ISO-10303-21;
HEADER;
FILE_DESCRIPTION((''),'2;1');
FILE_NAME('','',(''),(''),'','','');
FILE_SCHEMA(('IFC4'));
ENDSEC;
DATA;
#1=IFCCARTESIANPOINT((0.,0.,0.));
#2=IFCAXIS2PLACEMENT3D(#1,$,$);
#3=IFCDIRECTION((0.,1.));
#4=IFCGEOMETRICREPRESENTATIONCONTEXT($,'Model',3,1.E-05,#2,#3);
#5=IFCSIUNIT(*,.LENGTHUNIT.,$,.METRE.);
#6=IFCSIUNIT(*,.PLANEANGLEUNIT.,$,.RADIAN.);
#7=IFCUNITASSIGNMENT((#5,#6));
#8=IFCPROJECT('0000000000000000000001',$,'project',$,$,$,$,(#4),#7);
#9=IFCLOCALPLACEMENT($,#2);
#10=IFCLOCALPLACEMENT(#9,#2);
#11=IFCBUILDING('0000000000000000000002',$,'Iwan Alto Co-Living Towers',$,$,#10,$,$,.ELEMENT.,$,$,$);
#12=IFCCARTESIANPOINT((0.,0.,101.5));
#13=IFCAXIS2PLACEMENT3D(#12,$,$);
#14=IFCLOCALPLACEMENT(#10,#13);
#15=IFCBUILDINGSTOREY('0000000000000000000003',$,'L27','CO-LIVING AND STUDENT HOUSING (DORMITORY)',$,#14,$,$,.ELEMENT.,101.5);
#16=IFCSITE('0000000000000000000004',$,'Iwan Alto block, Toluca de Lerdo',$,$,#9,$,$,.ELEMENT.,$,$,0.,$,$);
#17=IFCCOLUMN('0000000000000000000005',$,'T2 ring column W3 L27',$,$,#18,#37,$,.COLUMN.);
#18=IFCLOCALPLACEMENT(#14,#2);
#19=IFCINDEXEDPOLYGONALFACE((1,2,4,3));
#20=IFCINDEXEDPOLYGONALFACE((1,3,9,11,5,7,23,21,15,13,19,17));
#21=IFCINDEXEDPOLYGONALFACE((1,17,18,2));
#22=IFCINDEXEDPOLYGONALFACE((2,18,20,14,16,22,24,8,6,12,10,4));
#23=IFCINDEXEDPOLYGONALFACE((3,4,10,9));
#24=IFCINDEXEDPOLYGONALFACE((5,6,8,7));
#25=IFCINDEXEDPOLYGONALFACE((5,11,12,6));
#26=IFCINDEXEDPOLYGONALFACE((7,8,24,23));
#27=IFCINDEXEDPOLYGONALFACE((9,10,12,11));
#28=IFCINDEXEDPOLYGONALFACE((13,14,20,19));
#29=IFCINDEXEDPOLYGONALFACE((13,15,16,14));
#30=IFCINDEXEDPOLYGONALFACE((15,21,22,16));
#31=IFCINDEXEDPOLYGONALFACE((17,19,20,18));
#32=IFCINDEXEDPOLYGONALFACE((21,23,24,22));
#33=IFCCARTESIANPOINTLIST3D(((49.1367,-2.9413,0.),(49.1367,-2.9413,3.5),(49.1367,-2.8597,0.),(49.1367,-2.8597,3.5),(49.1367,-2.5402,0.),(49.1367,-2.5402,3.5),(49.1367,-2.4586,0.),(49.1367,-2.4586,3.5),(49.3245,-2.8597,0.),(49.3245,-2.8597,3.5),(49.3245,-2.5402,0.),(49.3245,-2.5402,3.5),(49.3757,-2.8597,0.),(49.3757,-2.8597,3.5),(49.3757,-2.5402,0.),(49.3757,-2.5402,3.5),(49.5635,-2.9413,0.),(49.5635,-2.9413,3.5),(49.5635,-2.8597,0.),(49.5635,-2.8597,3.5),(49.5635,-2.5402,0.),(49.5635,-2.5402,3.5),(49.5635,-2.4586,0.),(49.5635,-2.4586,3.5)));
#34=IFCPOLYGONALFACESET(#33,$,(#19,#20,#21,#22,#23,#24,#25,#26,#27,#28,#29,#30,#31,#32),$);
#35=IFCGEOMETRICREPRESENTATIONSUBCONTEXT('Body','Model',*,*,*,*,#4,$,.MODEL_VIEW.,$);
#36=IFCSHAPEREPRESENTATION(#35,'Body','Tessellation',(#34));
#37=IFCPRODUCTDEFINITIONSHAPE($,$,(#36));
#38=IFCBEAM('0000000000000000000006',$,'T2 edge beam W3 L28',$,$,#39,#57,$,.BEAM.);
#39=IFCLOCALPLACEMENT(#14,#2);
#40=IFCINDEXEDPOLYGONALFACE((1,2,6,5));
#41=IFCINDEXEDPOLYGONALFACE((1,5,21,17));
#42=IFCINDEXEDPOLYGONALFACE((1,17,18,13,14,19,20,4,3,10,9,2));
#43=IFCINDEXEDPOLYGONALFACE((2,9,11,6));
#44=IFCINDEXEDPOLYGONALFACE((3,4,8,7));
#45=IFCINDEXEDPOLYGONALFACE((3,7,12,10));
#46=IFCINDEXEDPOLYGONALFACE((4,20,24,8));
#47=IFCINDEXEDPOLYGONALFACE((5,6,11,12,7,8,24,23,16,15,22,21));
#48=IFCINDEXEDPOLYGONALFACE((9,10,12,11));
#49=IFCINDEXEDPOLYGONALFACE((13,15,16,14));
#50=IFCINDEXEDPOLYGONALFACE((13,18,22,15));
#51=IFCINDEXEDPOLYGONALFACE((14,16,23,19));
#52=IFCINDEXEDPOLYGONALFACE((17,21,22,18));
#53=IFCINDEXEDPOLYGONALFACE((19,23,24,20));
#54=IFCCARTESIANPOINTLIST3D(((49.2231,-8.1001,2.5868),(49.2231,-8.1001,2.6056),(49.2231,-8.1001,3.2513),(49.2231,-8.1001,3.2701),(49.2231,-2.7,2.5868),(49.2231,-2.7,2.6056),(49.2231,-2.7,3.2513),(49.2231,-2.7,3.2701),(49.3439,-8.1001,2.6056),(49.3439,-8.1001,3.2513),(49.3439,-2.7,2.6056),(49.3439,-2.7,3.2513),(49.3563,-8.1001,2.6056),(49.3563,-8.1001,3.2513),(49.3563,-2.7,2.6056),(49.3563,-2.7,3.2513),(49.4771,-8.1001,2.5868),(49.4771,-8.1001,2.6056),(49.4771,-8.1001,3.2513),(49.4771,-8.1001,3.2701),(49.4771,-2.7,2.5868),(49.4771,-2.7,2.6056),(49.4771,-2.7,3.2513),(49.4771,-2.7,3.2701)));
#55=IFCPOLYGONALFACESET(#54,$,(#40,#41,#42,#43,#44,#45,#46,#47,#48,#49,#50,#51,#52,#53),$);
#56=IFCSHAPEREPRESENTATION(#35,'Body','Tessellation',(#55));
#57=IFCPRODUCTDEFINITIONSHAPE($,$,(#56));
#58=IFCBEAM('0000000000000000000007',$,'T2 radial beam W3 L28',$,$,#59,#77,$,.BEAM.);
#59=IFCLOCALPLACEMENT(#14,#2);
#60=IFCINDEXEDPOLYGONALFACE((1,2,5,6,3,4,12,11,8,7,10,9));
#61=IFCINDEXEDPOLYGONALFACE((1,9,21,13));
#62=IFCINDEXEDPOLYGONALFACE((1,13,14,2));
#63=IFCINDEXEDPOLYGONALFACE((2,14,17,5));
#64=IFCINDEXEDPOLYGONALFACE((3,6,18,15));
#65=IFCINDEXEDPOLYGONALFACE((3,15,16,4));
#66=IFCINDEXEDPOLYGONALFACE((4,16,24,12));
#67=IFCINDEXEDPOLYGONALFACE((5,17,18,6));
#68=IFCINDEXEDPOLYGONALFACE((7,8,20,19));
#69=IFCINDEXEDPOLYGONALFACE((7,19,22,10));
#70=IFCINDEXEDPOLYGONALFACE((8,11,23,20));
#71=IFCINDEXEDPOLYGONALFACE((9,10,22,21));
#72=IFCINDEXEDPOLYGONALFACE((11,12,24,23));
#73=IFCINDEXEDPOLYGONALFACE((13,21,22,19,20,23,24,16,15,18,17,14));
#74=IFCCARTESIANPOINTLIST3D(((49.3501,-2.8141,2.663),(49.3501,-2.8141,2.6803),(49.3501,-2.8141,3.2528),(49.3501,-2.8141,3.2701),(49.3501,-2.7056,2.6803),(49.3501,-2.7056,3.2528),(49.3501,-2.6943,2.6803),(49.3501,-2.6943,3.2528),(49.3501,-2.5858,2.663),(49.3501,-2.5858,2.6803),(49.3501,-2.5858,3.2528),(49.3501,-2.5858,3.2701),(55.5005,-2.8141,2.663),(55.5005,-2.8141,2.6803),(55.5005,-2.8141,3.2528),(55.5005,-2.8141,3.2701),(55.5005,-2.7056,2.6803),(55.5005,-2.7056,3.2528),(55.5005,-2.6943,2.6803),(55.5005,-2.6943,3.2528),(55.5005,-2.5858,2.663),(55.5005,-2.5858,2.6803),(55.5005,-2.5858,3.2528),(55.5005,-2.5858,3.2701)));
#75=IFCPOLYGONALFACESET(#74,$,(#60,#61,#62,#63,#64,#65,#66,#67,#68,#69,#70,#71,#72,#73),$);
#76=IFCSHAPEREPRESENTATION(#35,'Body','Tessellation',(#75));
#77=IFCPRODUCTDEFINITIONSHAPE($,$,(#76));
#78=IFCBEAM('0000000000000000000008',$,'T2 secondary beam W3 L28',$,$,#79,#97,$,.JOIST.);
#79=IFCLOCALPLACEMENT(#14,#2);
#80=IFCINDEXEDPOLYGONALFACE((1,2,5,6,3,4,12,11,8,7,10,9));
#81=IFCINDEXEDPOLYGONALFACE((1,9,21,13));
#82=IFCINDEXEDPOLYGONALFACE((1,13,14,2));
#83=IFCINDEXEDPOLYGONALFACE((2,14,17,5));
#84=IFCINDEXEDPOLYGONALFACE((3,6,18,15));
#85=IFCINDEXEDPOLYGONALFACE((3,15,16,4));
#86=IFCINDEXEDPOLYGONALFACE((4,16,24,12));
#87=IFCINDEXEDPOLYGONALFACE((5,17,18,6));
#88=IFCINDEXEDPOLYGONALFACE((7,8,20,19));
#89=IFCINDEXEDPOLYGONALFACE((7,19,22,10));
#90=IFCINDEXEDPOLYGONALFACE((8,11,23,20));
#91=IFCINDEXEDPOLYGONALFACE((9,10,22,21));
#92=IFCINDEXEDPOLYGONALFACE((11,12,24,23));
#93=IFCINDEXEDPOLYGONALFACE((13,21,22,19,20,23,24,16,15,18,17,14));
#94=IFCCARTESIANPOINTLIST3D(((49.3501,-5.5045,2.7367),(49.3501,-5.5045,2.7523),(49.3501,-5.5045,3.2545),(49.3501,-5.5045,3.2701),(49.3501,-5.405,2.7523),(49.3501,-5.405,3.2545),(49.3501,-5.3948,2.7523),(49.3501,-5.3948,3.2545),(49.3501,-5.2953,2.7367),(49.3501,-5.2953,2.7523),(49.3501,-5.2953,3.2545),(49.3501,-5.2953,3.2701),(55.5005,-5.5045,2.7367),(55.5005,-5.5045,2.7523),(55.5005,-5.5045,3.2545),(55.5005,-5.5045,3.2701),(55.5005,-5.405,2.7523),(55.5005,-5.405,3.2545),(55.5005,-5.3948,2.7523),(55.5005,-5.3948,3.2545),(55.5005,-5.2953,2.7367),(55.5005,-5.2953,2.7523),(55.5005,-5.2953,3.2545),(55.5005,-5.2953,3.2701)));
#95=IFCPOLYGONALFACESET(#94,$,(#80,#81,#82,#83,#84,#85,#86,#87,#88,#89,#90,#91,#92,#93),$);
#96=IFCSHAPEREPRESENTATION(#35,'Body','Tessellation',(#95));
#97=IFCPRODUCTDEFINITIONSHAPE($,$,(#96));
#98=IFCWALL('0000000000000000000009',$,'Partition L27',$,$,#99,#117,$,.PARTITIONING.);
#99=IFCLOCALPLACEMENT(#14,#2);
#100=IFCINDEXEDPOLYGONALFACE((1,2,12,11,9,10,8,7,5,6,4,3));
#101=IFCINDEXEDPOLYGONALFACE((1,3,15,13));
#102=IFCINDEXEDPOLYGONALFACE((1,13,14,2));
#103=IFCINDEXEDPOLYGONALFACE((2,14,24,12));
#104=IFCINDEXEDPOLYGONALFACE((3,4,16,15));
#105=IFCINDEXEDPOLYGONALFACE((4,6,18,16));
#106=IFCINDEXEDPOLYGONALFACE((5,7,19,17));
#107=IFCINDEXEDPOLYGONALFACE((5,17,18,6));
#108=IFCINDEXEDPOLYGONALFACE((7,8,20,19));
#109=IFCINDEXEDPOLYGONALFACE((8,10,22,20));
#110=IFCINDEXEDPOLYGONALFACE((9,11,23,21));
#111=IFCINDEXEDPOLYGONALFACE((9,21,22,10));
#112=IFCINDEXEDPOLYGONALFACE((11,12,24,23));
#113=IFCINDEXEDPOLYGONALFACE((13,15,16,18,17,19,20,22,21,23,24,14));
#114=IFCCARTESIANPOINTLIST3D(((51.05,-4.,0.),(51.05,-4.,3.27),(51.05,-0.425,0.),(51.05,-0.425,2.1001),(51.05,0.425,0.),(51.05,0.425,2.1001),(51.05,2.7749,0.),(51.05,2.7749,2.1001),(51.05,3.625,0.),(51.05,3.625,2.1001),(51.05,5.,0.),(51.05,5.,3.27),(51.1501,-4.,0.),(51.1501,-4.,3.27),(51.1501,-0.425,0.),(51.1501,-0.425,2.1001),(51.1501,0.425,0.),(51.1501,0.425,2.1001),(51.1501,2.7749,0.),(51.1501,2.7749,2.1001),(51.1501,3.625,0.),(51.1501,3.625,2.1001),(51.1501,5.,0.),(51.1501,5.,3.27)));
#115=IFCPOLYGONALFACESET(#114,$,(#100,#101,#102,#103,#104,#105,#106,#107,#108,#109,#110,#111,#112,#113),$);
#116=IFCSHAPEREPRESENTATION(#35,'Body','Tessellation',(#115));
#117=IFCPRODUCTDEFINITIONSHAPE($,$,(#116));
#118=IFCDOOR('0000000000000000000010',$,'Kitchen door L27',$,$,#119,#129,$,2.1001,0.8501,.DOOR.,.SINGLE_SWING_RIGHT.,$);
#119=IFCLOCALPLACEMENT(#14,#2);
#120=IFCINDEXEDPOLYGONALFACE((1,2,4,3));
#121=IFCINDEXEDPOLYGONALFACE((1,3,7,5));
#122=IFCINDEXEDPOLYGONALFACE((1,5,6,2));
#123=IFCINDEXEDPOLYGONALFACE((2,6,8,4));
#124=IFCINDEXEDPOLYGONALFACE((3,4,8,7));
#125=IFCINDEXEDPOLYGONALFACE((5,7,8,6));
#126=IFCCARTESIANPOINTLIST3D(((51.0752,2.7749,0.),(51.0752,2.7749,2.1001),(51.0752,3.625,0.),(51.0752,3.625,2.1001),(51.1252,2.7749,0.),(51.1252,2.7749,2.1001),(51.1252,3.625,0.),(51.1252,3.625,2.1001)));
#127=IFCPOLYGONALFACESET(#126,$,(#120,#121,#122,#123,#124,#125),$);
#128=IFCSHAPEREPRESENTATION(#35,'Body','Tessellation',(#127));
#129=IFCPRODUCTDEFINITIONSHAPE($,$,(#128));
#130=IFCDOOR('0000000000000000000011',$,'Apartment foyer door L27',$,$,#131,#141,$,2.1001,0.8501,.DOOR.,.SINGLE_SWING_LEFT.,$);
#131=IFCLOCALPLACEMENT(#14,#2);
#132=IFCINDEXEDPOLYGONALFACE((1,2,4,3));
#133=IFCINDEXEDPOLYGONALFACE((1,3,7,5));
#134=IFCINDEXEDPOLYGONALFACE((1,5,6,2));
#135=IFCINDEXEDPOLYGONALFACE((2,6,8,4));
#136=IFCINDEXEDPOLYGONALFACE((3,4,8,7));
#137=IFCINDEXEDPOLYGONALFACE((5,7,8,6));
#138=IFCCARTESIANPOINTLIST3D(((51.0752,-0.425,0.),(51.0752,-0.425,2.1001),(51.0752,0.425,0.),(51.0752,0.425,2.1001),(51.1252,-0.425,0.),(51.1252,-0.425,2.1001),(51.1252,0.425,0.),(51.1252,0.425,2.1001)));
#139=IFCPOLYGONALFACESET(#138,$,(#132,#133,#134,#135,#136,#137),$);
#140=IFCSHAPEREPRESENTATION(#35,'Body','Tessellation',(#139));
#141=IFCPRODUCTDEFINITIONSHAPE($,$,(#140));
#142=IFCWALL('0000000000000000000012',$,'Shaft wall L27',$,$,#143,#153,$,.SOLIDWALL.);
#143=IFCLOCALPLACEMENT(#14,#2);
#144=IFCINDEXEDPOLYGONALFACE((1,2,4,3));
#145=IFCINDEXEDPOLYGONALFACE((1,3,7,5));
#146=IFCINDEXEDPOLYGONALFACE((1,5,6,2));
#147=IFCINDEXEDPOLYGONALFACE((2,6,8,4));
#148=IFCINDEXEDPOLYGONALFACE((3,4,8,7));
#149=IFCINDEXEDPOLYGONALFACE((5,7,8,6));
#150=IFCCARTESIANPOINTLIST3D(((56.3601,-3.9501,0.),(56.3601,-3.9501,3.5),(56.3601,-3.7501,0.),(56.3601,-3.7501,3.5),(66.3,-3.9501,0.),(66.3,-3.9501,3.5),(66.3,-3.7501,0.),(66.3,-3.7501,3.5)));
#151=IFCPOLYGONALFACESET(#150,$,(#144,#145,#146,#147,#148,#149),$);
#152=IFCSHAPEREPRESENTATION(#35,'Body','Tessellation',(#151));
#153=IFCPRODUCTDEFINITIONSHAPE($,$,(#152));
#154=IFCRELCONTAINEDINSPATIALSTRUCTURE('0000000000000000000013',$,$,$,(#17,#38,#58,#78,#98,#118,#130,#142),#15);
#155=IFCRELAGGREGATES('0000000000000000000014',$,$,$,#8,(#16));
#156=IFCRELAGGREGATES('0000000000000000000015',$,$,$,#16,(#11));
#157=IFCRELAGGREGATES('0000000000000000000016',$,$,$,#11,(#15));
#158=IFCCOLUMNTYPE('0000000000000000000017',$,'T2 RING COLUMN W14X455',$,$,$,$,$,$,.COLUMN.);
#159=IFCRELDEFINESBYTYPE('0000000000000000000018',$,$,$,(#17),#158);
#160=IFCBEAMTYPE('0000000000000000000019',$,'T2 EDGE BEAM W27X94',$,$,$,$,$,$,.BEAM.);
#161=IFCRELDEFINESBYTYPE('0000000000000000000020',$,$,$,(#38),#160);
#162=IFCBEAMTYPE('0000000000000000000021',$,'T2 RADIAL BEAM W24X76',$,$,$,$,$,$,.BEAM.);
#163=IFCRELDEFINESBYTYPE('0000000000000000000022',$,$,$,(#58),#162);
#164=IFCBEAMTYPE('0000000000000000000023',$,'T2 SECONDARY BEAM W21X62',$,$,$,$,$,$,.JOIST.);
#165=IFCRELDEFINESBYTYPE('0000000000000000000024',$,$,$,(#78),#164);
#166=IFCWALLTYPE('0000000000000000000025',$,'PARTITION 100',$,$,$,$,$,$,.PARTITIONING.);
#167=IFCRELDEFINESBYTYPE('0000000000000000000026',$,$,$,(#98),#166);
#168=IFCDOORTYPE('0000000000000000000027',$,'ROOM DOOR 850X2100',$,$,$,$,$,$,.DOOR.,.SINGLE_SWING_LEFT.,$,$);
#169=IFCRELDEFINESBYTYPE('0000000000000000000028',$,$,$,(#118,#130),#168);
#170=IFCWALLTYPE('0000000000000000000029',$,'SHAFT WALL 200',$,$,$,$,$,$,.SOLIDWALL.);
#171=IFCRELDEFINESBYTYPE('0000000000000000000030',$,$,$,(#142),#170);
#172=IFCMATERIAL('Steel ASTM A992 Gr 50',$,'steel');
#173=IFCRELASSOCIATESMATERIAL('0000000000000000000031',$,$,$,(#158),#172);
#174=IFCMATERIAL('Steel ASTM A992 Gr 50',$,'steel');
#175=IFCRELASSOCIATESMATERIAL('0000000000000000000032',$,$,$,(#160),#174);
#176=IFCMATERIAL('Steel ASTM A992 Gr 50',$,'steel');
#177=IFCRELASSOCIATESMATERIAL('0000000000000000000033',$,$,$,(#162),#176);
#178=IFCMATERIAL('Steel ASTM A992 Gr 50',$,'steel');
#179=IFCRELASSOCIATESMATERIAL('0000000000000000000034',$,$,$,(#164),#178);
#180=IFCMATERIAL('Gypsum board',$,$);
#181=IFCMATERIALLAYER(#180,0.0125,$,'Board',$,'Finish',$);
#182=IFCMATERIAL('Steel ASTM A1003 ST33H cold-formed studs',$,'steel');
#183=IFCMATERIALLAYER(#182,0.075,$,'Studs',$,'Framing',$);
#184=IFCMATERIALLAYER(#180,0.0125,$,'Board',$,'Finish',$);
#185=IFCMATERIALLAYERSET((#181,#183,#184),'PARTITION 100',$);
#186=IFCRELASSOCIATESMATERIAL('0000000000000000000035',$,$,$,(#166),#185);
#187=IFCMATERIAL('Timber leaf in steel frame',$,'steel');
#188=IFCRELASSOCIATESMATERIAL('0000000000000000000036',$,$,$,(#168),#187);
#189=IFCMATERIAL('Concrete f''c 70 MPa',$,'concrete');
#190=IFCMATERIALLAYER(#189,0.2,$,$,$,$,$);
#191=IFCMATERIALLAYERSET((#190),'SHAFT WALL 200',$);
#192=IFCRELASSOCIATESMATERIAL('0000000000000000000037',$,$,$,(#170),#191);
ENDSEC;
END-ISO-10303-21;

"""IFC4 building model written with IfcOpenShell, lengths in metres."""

from ifc_helpers import new_model, si_unit, direction, frame, frame_2d, origin, origin_2d, place, context, subcontext, project, spatial, rectangle, i_section, extrude, material, layer, layer_set, material_profile, profile_set, type_object, element, fill, save


model = new_model("IFC4")

# Units and contexts
model_context = context("Model", 3, precision=1e-05, world=origin(), true_north=direction((0.0, 1.0)))
body_context = subcontext(model_context, "Body", "Model", "MODEL_VIEW")
ifc_project = project(units=[si_unit("LENGTHUNIT", "METRE"), si_unit("PLANEANGLEUNIT", "RADIAN")], contexts=[model_context])

# Site, building, storey
site_placement = place(None, origin())
site = spatial("IfcSite", under=ifc_project, at=site_placement, Name="Iwan Alto block, Toluca de Lerdo", CompositionType="ELEMENT", RefElevation=0.0)
building_placement = place(site_placement, origin())
building = spatial("IfcBuilding", under=site, at=building_placement, Name="Iwan Alto Co-Living Towers", CompositionType="ELEMENT")
storey_placement = place(building_placement, frame((0.0, 0.0, 101.5)))
storey = spatial("IfcBuildingStorey", under=building, at=storey_placement, Name="L27", Description="CO-LIVING AND STUDENT HOUSING (DORMITORY)", CompositionType="ELEMENT", Elevation=101.5)

# Column
ifc_material_1 = material(Name="Steel ASTM A992 Gr 50", Category="steel")
ifc_material_profile_1 = material_profile(ifc_material_1, i_section(OverallWidth=0.4268, OverallDepth=0.4827, WebThickness=0.0513, FlangeThickness=0.0815, at=origin_2d()), Name="W14X455")
ifc_profile_set_1 = profile_set([ifc_material_profile_1], Name="Steel ASTM A992 Gr 50")
column_type = type_object("IfcColumnType", Name="T2 RING COLUMN W14X455", PredefinedType="COLUMN", material=ifc_profile_set_1)
column_placement = place(storey_placement, frame((49.3501, -2.7, 0.0), z_axis=(0.0, 0.0, 1.0), x_axis=(1.0, 0.0, 0.0)))
element("IfcColumn", 1, at=column_placement, inside=storey, type_object=column_type, Name="T2 ring column W3 L27", PredefinedType="COLUMN", context=body_context, shape_type="SweptSolid", body=[
    extrude(i_section(OverallWidth=0.4268, OverallDepth=0.4827, WebThickness=0.0513, FlangeThickness=0.0815, at=origin_2d()), origin(), (0.0, 0.0, 1.0), 3.5),
])

# Beams
ifc_material_2 = material(Name="Steel ASTM A992 Gr 50", Category="steel")
ifc_material_profile_2 = material_profile(ifc_material_2, i_section(OverallWidth=0.2539, OverallDepth=0.6833, WebThickness=0.0125, FlangeThickness=0.0188, at=origin_2d()), Name="W27X94")
ifc_profile_set_2 = profile_set([ifc_material_profile_2], Name="Steel ASTM A992 Gr 50")
beam_type_1 = type_object("IfcBeamType", Name="T2 EDGE BEAM W27X94", PredefinedType="BEAM", material=ifc_profile_set_2)
beam_1_placement = place(storey_placement, frame((49.3501, -2.7, 2.9285), z_axis=(0.0, -1.0, 0.0), x_axis=(1.0, 0.0, 0.0)))
element("IfcBeam", 2, at=beam_1_placement, inside=storey, type_object=beam_type_1, Name="T2 edge beam W3 L28", PredefinedType="BEAM", context=body_context, shape_type="SweptSolid", body=[
    extrude(i_section(OverallWidth=0.2539, OverallDepth=0.6833, WebThickness=0.0125, FlangeThickness=0.0188, at=origin_2d()), origin(), (0.0, 0.0, 1.0), 5.4001),
])
ifc_material_3 = material(Name="Steel ASTM A992 Gr 50", Category="steel")
ifc_material_profile_3 = material_profile(ifc_material_3, i_section(OverallWidth=0.2283, OverallDepth=0.6072, WebThickness=0.0112, FlangeThickness=0.0173, at=origin_2d()), Name="W24X76")
ifc_profile_set_3 = profile_set([ifc_material_profile_3], Name="Steel ASTM A992 Gr 50")
beam_type_2 = type_object("IfcBeamType", Name="T2 RADIAL BEAM W24X76", PredefinedType="BEAM", material=ifc_profile_set_3)
beam_2_placement = place(storey_placement, frame((49.3501, -2.7, 2.9666), z_axis=(1.0, 0.0, 0.0), x_axis=(0.0, 1.0, 0.0)))
element("IfcBeam", 3, at=beam_2_placement, inside=storey, type_object=beam_type_2, Name="T2 radial beam W3 L28", PredefinedType="BEAM", context=body_context, shape_type="SweptSolid", body=[
    extrude(i_section(OverallWidth=0.2283, OverallDepth=0.6072, WebThickness=0.0112, FlangeThickness=0.0173, at=origin_2d()), origin(), (0.0, 0.0, 1.0), 6.1504),
])
ifc_material_4 = material(Name="Steel ASTM A992 Gr 50", Category="steel")
ifc_material_profile_4 = material_profile(ifc_material_4, i_section(OverallWidth=0.2092, OverallDepth=0.5334, WebThickness=0.0103, FlangeThickness=0.0156, at=origin_2d()), Name="W21X62")
ifc_profile_set_4 = profile_set([ifc_material_profile_4], Name="Steel ASTM A992 Gr 50")
beam_type_3 = type_object("IfcBeamType", Name="T2 SECONDARY BEAM W21X62", PredefinedType="JOIST", material=ifc_profile_set_4)
beam_3_placement = place(storey_placement, frame((49.3501, -5.3999, 3.0034), z_axis=(1.0, 0.0, 0.0), x_axis=(0.0, 1.0, 0.0)))
element("IfcBeam", 4, at=beam_3_placement, inside=storey, type_object=beam_type_3, Name="T2 secondary beam W3 L28", PredefinedType="JOIST", context=body_context, shape_type="SweptSolid", body=[
    extrude(i_section(OverallWidth=0.2092, OverallDepth=0.5334, WebThickness=0.0103, FlangeThickness=0.0156, at=origin_2d()), origin(), (0.0, 0.0, 1.0), 6.1504),
])

# Wall, openings, doors
ifc_material_5 = material(Name="Gypsum board")
ifc_layer_1 = layer(ifc_material_5, 0.0125, Name="Board", Category="Finish")
ifc_material_6 = material(Name="Steel ASTM A1003 ST33H cold-formed studs", Category="steel")
ifc_layer_2 = layer(ifc_material_6, 0.075, Name="Studs", Category="Framing")
ifc_layer_3 = layer(ifc_material_5, 0.0125, Name="Board", Category="Finish")
ifc_layer_set_1 = layer_set([ifc_layer_1, ifc_layer_2, ifc_layer_3], Name="PARTITION 100")
wall_type_1 = type_object("IfcWallType", Name="PARTITION 100", PredefinedType="PARTITIONING", material=ifc_layer_set_1)
wall_1_placement = place(storey_placement, frame((51.1001, -4.0, 0.0), z_axis=(0.0, 0.0, 1.0), x_axis=(0.0, 1.0, 0.0)))
wall_1 = element("IfcWall", 5, at=wall_1_placement, inside=storey, type_object=wall_type_1, Name="Partition L27", PredefinedType="PARTITIONING", context=body_context, shape_type="SweptSolid", body=[
    extrude(rectangle(XDim=9.0, YDim=0.1001, at=frame_2d((4.5, 0.0))), origin(), (0.0, 0.0, 1.0), 3.27),
])
opening_1_placement = place(wall_1_placement, frame((6.7749, 0.0, 0.0)))
opening_1 = element("IfcOpeningElement", 6, at=opening_1_placement, cuts=wall_1, PredefinedType="OPENING", context=body_context, shape_type="SweptSolid", body=[
    extrude(rectangle(XDim=0.8501, YDim=2.1001, at=frame_2d((0.425, 1.05))), frame((0.0, 0.0601, 0.0), z_axis=(0.0, -1.0, 0.0), x_axis=(1.0, 0.0, 0.0)), (0.0, 0.0, 1.0), 0.1201),
])
opening_2_placement = place(wall_1_placement, frame((3.575, 0.0, 0.0)))
opening_2 = element("IfcOpeningElement", 7, at=opening_2_placement, cuts=wall_1, PredefinedType="OPENING", context=body_context, shape_type="SweptSolid", body=[
    extrude(rectangle(XDim=0.8501, YDim=2.1001, at=frame_2d((0.425, 1.05))), frame((0.0, 0.0601, 0.0), z_axis=(0.0, -1.0, 0.0), x_axis=(1.0, 0.0, 0.0)), (0.0, 0.0, 1.0), 0.1201),
])
ifc_material_7 = material(Name="Timber leaf in steel frame", Category="steel")
door_type_1 = type_object("IfcDoorType", Name="ROOM DOOR 850X2100", OperationType="SINGLE_SWING_LEFT", PredefinedType="DOOR", material=ifc_material_7)
door_1_placement = place(opening_1_placement, origin())
door_1 = element("IfcDoor", 8, at=door_1_placement, inside=storey, type_object=door_type_1, Name="Kitchen door L27", OperationType="SINGLE_SWING_RIGHT", OverallHeight=2.1001, OverallWidth=0.8501, PredefinedType="DOOR", context=body_context, shape_type="SweptSolid", body=[
    extrude(rectangle(XDim=0.8501, YDim=2.1001, at=frame_2d((0.425, 1.05))), frame((0.0, 0.0249, 0.0), z_axis=(0.0, -1.0, 0.0), x_axis=(1.0, 0.0, 0.0)), (0.0, 0.0, 1.0), 0.05),
])
fill(opening_1, door_1)
door_2_placement = place(opening_2_placement, origin())
door_2 = element("IfcDoor", 9, at=door_2_placement, inside=storey, type_object=door_type_1, Name="Apartment foyer door L27", OperationType="SINGLE_SWING_LEFT", OverallHeight=2.1001, OverallWidth=0.8501, PredefinedType="DOOR", context=body_context, shape_type="SweptSolid", body=[
    extrude(rectangle(XDim=0.8501, YDim=2.1001, at=frame_2d((0.425, 1.05))), frame((0.0, 0.0249, 0.0), z_axis=(0.0, -1.0, 0.0), x_axis=(1.0, 0.0, 0.0)), (0.0, 0.0, 1.0), 0.05),
])
fill(opening_2, door_2)

# Wall
ifc_material_8 = material(Name="Concrete f'c 70 MPa", Category="concrete")
ifc_layer_4 = layer(ifc_material_8, 0.2)
ifc_layer_set_2 = layer_set([ifc_layer_4], Name="SHAFT WALL 200")
wall_type_2 = type_object("IfcWallType", Name="SHAFT WALL 200", PredefinedType="SOLIDWALL", material=ifc_layer_set_2)
wall_2_placement = place(storey_placement, frame((56.3601, -3.8501, 0.0), z_axis=(0.0, 0.0, 1.0), x_axis=(1.0, 0.0, 0.0)))
element("IfcWall", 10, at=wall_2_placement, inside=storey, type_object=wall_type_2, Name="Shaft wall L27", PredefinedType="SOLIDWALL", context=body_context, shape_type="SweptSolid", body=[
    extrude(rectangle(XDim=9.9399, YDim=0.2, at=frame_2d((4.97, 0.0))), origin(), (0.0, 0.0, 1.0), 3.5),
])

save(model, "model.ifc")
